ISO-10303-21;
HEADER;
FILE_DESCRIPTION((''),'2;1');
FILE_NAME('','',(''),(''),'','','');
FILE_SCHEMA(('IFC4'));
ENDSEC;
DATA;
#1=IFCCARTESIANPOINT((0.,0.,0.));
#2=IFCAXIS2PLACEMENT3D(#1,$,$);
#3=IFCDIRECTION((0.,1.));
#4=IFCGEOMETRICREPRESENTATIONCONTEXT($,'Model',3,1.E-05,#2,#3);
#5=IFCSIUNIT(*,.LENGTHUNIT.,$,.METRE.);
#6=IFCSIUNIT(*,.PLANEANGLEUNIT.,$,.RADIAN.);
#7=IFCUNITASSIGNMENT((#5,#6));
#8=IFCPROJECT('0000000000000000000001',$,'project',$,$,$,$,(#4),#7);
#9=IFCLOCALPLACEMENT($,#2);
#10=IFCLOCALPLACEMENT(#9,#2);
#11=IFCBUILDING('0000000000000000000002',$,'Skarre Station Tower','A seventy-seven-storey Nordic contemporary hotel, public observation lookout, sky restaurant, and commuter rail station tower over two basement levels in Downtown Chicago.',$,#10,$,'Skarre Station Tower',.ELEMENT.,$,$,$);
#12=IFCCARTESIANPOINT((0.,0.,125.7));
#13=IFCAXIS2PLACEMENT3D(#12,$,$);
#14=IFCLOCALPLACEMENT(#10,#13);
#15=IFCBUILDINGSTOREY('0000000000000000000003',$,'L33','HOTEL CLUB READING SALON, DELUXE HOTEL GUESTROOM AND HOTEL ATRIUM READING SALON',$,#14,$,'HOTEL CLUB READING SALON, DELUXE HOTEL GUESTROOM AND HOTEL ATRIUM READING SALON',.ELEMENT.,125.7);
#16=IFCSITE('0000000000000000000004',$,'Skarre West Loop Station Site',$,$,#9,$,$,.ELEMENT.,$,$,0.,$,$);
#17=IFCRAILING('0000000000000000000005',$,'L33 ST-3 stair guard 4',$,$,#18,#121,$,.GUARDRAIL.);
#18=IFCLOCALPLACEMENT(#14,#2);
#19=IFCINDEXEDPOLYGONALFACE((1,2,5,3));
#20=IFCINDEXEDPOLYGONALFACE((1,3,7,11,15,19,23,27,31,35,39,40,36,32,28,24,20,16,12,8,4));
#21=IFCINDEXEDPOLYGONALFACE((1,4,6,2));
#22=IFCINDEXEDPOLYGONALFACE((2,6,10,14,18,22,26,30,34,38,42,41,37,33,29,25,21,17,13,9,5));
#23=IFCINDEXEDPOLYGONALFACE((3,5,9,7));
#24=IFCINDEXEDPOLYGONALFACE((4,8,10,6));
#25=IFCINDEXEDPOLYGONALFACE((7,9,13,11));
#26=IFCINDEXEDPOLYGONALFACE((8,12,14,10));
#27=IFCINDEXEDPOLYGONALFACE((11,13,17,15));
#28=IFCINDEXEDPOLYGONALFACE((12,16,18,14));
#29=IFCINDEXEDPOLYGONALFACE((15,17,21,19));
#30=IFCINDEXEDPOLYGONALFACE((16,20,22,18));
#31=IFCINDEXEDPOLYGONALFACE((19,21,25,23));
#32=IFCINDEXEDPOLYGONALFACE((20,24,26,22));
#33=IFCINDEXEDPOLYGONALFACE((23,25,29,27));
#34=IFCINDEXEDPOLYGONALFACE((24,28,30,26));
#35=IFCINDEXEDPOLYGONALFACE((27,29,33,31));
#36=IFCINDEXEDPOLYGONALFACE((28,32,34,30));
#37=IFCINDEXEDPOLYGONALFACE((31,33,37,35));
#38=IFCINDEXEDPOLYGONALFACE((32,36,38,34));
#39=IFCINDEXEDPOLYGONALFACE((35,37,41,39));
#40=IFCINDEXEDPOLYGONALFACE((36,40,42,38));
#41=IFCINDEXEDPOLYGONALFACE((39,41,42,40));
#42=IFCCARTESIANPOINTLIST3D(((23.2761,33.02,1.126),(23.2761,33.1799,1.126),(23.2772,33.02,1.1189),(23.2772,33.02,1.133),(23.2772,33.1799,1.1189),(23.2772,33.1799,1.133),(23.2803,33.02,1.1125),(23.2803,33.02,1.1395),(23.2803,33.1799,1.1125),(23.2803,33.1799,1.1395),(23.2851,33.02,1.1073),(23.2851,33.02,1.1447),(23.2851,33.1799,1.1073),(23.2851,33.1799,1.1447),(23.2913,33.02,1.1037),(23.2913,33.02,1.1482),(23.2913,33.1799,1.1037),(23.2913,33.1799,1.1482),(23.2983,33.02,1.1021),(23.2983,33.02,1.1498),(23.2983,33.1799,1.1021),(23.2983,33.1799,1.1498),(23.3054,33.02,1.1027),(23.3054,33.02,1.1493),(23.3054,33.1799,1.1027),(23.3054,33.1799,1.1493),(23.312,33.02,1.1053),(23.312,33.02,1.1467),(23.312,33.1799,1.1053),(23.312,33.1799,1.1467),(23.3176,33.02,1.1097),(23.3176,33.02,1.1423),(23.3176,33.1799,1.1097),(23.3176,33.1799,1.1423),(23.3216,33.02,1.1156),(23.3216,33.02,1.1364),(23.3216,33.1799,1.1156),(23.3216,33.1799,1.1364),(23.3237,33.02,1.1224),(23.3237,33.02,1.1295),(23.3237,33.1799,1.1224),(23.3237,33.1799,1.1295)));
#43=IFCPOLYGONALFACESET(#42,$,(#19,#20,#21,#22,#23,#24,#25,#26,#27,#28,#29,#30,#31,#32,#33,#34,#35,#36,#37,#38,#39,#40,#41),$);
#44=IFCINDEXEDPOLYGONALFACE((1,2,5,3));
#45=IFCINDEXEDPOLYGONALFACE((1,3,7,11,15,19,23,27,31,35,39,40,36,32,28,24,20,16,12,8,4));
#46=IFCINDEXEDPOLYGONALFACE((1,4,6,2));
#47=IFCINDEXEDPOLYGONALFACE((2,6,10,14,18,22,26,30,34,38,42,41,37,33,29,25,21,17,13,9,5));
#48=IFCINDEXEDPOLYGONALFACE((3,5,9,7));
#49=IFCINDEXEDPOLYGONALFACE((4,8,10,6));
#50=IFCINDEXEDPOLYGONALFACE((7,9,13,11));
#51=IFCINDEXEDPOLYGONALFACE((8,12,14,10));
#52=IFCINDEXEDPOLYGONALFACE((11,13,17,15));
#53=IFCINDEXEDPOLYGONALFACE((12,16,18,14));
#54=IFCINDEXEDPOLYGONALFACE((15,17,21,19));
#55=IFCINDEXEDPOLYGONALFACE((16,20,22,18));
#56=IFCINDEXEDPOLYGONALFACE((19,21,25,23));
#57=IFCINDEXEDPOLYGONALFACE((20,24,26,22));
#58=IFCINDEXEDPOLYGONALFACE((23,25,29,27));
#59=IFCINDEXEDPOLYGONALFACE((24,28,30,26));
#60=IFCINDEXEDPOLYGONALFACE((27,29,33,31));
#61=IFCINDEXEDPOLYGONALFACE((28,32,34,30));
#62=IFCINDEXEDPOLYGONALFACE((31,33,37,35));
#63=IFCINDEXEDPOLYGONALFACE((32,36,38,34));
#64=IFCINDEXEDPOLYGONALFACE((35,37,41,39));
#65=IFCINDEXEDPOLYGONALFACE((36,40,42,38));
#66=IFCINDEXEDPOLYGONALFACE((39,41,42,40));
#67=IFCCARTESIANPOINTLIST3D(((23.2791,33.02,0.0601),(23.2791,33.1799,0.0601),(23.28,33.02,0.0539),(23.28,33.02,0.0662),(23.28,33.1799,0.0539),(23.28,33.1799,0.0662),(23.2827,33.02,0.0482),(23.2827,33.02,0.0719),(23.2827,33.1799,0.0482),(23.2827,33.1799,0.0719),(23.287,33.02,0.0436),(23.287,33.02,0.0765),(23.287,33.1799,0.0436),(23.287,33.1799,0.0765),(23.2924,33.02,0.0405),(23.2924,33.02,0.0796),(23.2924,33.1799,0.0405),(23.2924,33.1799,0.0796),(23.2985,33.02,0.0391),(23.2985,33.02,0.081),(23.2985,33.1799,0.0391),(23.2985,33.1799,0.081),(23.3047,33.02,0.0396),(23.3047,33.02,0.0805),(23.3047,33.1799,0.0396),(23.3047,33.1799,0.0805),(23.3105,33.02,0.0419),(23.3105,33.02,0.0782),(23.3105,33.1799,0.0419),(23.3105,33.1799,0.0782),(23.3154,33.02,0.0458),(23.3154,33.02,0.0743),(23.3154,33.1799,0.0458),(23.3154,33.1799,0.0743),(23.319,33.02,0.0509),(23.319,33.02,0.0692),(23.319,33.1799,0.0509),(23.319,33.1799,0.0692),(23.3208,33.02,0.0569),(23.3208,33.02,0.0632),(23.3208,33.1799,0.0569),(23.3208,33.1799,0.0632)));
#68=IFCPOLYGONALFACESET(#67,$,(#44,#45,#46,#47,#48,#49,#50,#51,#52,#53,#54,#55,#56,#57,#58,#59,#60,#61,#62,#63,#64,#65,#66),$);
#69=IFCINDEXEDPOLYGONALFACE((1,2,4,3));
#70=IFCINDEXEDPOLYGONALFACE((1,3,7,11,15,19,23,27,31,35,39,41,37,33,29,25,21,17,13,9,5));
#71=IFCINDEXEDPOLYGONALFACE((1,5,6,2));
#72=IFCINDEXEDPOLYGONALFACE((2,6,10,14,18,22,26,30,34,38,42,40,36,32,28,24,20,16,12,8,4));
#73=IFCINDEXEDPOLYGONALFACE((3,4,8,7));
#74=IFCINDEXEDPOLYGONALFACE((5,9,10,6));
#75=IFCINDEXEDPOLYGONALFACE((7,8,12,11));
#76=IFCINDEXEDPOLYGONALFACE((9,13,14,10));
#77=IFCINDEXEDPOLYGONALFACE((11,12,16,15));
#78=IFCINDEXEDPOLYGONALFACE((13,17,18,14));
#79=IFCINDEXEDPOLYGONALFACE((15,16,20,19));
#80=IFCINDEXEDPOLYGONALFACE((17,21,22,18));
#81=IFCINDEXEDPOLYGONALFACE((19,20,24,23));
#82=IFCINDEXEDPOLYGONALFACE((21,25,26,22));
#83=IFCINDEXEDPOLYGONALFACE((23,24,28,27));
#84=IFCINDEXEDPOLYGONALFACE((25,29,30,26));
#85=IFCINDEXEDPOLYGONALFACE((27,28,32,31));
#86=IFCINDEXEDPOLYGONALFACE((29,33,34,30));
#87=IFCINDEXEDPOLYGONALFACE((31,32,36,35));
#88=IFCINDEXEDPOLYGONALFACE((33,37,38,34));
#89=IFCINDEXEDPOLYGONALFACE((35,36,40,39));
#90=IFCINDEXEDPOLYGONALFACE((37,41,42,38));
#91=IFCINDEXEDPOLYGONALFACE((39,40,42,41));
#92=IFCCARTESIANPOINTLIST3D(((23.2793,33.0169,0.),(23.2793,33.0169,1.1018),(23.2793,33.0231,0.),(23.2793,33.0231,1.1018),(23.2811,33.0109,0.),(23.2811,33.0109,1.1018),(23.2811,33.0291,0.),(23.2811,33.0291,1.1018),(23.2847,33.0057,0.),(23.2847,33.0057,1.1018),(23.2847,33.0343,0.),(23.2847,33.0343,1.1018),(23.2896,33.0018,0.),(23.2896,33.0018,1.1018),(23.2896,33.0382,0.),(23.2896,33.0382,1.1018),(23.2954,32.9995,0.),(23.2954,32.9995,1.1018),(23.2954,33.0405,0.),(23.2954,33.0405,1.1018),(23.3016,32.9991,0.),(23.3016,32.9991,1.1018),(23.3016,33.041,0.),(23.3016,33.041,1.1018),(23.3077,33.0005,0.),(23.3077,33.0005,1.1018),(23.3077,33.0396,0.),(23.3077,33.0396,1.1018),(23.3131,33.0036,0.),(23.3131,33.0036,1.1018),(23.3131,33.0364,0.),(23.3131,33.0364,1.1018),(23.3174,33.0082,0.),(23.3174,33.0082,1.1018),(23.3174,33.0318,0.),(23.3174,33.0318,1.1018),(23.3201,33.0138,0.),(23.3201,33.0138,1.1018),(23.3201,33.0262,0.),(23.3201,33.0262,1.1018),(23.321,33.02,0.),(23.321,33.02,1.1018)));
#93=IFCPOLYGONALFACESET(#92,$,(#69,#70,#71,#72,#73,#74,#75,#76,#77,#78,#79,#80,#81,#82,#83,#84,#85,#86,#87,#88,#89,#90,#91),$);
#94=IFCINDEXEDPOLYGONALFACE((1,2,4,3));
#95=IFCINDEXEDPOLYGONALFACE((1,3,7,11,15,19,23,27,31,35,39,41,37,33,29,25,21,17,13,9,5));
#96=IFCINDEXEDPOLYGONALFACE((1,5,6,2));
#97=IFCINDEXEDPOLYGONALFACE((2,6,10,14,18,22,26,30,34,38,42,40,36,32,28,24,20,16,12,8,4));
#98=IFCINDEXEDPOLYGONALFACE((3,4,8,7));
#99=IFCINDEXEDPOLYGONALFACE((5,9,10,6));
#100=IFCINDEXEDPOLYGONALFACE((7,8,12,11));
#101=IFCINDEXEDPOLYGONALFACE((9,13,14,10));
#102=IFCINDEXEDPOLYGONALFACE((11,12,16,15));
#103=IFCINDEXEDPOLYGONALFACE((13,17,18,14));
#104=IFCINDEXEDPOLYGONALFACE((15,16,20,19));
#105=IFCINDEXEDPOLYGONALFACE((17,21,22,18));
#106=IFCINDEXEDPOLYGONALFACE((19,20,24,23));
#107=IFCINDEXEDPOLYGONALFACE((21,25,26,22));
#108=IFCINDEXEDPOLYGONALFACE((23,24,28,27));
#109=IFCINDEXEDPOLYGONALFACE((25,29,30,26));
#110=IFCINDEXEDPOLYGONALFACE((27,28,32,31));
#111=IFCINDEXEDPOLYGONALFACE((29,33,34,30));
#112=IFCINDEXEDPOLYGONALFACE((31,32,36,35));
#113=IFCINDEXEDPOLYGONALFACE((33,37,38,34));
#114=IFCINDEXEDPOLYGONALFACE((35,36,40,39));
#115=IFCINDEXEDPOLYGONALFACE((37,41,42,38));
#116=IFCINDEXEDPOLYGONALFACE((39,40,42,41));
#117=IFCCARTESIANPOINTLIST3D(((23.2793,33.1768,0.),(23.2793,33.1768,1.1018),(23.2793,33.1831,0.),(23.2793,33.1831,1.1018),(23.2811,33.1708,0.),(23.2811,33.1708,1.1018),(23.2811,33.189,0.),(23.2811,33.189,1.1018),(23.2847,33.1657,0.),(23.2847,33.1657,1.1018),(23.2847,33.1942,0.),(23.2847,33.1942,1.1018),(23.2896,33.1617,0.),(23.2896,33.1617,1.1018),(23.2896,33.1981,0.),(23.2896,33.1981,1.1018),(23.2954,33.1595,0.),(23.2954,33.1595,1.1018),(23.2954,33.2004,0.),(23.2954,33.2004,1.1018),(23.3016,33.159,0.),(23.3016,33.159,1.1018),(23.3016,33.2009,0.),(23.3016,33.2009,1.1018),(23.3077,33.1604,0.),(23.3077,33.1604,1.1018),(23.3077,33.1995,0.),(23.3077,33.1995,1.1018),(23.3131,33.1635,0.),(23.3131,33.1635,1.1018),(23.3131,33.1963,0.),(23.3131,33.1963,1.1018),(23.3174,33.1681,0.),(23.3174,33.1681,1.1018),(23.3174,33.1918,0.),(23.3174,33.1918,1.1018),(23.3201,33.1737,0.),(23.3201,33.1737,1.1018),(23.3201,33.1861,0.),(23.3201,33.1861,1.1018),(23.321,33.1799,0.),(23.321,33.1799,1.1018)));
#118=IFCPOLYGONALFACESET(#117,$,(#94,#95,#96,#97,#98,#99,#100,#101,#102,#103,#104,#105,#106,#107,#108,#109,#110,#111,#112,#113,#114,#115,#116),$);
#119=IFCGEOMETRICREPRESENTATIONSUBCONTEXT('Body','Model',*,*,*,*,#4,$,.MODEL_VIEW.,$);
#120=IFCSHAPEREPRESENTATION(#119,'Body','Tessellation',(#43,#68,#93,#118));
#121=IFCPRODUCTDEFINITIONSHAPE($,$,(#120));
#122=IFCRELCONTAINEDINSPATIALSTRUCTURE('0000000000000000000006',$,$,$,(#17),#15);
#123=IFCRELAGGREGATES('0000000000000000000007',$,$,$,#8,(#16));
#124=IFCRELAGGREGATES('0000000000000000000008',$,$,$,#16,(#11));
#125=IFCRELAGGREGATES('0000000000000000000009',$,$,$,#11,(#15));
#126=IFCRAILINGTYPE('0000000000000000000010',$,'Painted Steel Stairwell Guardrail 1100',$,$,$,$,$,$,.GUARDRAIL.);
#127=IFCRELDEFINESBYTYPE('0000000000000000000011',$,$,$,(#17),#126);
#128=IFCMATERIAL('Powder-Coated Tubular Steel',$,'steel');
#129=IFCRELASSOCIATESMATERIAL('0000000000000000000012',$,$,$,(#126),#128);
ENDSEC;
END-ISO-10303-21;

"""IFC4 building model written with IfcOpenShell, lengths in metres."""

from ifc_helpers import new_model, si_unit, direction, frame, origin, origin_2d, place, context, subcontext, project, spatial, circle, extrude, material, type_object, element, save


model = new_model("IFC4")

# Units and contexts
model_context = context("Model", 3, precision=1e-05, world=origin(), true_north=direction((0.0, 1.0)))
body_context = subcontext(model_context, "Body", "Model", "MODEL_VIEW")
ifc_project = project(units=[si_unit("LENGTHUNIT", "METRE"), si_unit("PLANEANGLEUNIT", "RADIAN")], contexts=[model_context])

# Site, building, storey
site_placement = place(None, origin())
site = spatial("IfcSite", under=ifc_project, at=site_placement, Name="Skarre West Loop Station Site", CompositionType="ELEMENT", RefElevation=0.0)
building_placement = place(site_placement, origin())
building = spatial("IfcBuilding", under=site, at=building_placement, Name="Skarre Station Tower", Description="A seventy-seven-storey Nordic contemporary hotel, public observation lookout, sky restaurant, and commuter rail station tower over two basement levels in Downtown Chicago.", LongName="Skarre Station Tower", CompositionType="ELEMENT")
storey_placement = place(building_placement, frame((0.0, 0.0, 125.7)))
storey = spatial("IfcBuildingStorey", under=building, at=storey_placement, Name="L33", Description="HOTEL CLUB READING SALON, DELUXE HOTEL GUESTROOM AND HOTEL ATRIUM READING SALON", LongName="HOTEL CLUB READING SALON, DELUXE HOTEL GUESTROOM AND HOTEL ATRIUM READING SALON", CompositionType="ELEMENT", Elevation=125.7)

# Railing
ifc_material_1 = material(Name="Powder-Coated Tubular Steel", Category="steel")
railing_type_1 = type_object("IfcRailingType", Name="Painted Steel Stairwell Guardrail 1100", PredefinedType="GUARDRAIL", material=ifc_material_1)
railing_1_placement = place(storey_placement, frame((23.3, 33.02, 0.0)))
element("IfcRailing", 1, at=railing_1_placement, inside=storey, type_object=railing_type_1, Name="L33 ST-3 stair guard 4", PredefinedType="GUARDRAIL", context=body_context, shape_type="SweptSolid", body=[
    extrude(circle(Radius=0.0239, at=origin_2d()), frame((0.0, 0.0, 1.126), z_axis=(0.0, 1.0, 0.0), x_axis=(-1.0, 0.0, 0.0)), (0.0, 0.0, 1.0), 0.1599),
    extrude(circle(Radius=0.021, at=origin_2d()), frame((0.0, 0.0, 0.0601), z_axis=(0.0, 1.0, 0.0), x_axis=(-1.0, 0.0, 0.0)), (0.0, 0.0, 1.0), 0.1599),
    extrude(circle(Radius=0.021, at=origin_2d()), origin(), (0.0, 0.0, 1.0), 1.1018),
    extrude(circle(Radius=0.021, at=origin_2d()), frame((0.0, 0.1599, 0.0)), (0.0, 0.0, 1.0), 1.1018),
])

save(model, "model.ifc")
